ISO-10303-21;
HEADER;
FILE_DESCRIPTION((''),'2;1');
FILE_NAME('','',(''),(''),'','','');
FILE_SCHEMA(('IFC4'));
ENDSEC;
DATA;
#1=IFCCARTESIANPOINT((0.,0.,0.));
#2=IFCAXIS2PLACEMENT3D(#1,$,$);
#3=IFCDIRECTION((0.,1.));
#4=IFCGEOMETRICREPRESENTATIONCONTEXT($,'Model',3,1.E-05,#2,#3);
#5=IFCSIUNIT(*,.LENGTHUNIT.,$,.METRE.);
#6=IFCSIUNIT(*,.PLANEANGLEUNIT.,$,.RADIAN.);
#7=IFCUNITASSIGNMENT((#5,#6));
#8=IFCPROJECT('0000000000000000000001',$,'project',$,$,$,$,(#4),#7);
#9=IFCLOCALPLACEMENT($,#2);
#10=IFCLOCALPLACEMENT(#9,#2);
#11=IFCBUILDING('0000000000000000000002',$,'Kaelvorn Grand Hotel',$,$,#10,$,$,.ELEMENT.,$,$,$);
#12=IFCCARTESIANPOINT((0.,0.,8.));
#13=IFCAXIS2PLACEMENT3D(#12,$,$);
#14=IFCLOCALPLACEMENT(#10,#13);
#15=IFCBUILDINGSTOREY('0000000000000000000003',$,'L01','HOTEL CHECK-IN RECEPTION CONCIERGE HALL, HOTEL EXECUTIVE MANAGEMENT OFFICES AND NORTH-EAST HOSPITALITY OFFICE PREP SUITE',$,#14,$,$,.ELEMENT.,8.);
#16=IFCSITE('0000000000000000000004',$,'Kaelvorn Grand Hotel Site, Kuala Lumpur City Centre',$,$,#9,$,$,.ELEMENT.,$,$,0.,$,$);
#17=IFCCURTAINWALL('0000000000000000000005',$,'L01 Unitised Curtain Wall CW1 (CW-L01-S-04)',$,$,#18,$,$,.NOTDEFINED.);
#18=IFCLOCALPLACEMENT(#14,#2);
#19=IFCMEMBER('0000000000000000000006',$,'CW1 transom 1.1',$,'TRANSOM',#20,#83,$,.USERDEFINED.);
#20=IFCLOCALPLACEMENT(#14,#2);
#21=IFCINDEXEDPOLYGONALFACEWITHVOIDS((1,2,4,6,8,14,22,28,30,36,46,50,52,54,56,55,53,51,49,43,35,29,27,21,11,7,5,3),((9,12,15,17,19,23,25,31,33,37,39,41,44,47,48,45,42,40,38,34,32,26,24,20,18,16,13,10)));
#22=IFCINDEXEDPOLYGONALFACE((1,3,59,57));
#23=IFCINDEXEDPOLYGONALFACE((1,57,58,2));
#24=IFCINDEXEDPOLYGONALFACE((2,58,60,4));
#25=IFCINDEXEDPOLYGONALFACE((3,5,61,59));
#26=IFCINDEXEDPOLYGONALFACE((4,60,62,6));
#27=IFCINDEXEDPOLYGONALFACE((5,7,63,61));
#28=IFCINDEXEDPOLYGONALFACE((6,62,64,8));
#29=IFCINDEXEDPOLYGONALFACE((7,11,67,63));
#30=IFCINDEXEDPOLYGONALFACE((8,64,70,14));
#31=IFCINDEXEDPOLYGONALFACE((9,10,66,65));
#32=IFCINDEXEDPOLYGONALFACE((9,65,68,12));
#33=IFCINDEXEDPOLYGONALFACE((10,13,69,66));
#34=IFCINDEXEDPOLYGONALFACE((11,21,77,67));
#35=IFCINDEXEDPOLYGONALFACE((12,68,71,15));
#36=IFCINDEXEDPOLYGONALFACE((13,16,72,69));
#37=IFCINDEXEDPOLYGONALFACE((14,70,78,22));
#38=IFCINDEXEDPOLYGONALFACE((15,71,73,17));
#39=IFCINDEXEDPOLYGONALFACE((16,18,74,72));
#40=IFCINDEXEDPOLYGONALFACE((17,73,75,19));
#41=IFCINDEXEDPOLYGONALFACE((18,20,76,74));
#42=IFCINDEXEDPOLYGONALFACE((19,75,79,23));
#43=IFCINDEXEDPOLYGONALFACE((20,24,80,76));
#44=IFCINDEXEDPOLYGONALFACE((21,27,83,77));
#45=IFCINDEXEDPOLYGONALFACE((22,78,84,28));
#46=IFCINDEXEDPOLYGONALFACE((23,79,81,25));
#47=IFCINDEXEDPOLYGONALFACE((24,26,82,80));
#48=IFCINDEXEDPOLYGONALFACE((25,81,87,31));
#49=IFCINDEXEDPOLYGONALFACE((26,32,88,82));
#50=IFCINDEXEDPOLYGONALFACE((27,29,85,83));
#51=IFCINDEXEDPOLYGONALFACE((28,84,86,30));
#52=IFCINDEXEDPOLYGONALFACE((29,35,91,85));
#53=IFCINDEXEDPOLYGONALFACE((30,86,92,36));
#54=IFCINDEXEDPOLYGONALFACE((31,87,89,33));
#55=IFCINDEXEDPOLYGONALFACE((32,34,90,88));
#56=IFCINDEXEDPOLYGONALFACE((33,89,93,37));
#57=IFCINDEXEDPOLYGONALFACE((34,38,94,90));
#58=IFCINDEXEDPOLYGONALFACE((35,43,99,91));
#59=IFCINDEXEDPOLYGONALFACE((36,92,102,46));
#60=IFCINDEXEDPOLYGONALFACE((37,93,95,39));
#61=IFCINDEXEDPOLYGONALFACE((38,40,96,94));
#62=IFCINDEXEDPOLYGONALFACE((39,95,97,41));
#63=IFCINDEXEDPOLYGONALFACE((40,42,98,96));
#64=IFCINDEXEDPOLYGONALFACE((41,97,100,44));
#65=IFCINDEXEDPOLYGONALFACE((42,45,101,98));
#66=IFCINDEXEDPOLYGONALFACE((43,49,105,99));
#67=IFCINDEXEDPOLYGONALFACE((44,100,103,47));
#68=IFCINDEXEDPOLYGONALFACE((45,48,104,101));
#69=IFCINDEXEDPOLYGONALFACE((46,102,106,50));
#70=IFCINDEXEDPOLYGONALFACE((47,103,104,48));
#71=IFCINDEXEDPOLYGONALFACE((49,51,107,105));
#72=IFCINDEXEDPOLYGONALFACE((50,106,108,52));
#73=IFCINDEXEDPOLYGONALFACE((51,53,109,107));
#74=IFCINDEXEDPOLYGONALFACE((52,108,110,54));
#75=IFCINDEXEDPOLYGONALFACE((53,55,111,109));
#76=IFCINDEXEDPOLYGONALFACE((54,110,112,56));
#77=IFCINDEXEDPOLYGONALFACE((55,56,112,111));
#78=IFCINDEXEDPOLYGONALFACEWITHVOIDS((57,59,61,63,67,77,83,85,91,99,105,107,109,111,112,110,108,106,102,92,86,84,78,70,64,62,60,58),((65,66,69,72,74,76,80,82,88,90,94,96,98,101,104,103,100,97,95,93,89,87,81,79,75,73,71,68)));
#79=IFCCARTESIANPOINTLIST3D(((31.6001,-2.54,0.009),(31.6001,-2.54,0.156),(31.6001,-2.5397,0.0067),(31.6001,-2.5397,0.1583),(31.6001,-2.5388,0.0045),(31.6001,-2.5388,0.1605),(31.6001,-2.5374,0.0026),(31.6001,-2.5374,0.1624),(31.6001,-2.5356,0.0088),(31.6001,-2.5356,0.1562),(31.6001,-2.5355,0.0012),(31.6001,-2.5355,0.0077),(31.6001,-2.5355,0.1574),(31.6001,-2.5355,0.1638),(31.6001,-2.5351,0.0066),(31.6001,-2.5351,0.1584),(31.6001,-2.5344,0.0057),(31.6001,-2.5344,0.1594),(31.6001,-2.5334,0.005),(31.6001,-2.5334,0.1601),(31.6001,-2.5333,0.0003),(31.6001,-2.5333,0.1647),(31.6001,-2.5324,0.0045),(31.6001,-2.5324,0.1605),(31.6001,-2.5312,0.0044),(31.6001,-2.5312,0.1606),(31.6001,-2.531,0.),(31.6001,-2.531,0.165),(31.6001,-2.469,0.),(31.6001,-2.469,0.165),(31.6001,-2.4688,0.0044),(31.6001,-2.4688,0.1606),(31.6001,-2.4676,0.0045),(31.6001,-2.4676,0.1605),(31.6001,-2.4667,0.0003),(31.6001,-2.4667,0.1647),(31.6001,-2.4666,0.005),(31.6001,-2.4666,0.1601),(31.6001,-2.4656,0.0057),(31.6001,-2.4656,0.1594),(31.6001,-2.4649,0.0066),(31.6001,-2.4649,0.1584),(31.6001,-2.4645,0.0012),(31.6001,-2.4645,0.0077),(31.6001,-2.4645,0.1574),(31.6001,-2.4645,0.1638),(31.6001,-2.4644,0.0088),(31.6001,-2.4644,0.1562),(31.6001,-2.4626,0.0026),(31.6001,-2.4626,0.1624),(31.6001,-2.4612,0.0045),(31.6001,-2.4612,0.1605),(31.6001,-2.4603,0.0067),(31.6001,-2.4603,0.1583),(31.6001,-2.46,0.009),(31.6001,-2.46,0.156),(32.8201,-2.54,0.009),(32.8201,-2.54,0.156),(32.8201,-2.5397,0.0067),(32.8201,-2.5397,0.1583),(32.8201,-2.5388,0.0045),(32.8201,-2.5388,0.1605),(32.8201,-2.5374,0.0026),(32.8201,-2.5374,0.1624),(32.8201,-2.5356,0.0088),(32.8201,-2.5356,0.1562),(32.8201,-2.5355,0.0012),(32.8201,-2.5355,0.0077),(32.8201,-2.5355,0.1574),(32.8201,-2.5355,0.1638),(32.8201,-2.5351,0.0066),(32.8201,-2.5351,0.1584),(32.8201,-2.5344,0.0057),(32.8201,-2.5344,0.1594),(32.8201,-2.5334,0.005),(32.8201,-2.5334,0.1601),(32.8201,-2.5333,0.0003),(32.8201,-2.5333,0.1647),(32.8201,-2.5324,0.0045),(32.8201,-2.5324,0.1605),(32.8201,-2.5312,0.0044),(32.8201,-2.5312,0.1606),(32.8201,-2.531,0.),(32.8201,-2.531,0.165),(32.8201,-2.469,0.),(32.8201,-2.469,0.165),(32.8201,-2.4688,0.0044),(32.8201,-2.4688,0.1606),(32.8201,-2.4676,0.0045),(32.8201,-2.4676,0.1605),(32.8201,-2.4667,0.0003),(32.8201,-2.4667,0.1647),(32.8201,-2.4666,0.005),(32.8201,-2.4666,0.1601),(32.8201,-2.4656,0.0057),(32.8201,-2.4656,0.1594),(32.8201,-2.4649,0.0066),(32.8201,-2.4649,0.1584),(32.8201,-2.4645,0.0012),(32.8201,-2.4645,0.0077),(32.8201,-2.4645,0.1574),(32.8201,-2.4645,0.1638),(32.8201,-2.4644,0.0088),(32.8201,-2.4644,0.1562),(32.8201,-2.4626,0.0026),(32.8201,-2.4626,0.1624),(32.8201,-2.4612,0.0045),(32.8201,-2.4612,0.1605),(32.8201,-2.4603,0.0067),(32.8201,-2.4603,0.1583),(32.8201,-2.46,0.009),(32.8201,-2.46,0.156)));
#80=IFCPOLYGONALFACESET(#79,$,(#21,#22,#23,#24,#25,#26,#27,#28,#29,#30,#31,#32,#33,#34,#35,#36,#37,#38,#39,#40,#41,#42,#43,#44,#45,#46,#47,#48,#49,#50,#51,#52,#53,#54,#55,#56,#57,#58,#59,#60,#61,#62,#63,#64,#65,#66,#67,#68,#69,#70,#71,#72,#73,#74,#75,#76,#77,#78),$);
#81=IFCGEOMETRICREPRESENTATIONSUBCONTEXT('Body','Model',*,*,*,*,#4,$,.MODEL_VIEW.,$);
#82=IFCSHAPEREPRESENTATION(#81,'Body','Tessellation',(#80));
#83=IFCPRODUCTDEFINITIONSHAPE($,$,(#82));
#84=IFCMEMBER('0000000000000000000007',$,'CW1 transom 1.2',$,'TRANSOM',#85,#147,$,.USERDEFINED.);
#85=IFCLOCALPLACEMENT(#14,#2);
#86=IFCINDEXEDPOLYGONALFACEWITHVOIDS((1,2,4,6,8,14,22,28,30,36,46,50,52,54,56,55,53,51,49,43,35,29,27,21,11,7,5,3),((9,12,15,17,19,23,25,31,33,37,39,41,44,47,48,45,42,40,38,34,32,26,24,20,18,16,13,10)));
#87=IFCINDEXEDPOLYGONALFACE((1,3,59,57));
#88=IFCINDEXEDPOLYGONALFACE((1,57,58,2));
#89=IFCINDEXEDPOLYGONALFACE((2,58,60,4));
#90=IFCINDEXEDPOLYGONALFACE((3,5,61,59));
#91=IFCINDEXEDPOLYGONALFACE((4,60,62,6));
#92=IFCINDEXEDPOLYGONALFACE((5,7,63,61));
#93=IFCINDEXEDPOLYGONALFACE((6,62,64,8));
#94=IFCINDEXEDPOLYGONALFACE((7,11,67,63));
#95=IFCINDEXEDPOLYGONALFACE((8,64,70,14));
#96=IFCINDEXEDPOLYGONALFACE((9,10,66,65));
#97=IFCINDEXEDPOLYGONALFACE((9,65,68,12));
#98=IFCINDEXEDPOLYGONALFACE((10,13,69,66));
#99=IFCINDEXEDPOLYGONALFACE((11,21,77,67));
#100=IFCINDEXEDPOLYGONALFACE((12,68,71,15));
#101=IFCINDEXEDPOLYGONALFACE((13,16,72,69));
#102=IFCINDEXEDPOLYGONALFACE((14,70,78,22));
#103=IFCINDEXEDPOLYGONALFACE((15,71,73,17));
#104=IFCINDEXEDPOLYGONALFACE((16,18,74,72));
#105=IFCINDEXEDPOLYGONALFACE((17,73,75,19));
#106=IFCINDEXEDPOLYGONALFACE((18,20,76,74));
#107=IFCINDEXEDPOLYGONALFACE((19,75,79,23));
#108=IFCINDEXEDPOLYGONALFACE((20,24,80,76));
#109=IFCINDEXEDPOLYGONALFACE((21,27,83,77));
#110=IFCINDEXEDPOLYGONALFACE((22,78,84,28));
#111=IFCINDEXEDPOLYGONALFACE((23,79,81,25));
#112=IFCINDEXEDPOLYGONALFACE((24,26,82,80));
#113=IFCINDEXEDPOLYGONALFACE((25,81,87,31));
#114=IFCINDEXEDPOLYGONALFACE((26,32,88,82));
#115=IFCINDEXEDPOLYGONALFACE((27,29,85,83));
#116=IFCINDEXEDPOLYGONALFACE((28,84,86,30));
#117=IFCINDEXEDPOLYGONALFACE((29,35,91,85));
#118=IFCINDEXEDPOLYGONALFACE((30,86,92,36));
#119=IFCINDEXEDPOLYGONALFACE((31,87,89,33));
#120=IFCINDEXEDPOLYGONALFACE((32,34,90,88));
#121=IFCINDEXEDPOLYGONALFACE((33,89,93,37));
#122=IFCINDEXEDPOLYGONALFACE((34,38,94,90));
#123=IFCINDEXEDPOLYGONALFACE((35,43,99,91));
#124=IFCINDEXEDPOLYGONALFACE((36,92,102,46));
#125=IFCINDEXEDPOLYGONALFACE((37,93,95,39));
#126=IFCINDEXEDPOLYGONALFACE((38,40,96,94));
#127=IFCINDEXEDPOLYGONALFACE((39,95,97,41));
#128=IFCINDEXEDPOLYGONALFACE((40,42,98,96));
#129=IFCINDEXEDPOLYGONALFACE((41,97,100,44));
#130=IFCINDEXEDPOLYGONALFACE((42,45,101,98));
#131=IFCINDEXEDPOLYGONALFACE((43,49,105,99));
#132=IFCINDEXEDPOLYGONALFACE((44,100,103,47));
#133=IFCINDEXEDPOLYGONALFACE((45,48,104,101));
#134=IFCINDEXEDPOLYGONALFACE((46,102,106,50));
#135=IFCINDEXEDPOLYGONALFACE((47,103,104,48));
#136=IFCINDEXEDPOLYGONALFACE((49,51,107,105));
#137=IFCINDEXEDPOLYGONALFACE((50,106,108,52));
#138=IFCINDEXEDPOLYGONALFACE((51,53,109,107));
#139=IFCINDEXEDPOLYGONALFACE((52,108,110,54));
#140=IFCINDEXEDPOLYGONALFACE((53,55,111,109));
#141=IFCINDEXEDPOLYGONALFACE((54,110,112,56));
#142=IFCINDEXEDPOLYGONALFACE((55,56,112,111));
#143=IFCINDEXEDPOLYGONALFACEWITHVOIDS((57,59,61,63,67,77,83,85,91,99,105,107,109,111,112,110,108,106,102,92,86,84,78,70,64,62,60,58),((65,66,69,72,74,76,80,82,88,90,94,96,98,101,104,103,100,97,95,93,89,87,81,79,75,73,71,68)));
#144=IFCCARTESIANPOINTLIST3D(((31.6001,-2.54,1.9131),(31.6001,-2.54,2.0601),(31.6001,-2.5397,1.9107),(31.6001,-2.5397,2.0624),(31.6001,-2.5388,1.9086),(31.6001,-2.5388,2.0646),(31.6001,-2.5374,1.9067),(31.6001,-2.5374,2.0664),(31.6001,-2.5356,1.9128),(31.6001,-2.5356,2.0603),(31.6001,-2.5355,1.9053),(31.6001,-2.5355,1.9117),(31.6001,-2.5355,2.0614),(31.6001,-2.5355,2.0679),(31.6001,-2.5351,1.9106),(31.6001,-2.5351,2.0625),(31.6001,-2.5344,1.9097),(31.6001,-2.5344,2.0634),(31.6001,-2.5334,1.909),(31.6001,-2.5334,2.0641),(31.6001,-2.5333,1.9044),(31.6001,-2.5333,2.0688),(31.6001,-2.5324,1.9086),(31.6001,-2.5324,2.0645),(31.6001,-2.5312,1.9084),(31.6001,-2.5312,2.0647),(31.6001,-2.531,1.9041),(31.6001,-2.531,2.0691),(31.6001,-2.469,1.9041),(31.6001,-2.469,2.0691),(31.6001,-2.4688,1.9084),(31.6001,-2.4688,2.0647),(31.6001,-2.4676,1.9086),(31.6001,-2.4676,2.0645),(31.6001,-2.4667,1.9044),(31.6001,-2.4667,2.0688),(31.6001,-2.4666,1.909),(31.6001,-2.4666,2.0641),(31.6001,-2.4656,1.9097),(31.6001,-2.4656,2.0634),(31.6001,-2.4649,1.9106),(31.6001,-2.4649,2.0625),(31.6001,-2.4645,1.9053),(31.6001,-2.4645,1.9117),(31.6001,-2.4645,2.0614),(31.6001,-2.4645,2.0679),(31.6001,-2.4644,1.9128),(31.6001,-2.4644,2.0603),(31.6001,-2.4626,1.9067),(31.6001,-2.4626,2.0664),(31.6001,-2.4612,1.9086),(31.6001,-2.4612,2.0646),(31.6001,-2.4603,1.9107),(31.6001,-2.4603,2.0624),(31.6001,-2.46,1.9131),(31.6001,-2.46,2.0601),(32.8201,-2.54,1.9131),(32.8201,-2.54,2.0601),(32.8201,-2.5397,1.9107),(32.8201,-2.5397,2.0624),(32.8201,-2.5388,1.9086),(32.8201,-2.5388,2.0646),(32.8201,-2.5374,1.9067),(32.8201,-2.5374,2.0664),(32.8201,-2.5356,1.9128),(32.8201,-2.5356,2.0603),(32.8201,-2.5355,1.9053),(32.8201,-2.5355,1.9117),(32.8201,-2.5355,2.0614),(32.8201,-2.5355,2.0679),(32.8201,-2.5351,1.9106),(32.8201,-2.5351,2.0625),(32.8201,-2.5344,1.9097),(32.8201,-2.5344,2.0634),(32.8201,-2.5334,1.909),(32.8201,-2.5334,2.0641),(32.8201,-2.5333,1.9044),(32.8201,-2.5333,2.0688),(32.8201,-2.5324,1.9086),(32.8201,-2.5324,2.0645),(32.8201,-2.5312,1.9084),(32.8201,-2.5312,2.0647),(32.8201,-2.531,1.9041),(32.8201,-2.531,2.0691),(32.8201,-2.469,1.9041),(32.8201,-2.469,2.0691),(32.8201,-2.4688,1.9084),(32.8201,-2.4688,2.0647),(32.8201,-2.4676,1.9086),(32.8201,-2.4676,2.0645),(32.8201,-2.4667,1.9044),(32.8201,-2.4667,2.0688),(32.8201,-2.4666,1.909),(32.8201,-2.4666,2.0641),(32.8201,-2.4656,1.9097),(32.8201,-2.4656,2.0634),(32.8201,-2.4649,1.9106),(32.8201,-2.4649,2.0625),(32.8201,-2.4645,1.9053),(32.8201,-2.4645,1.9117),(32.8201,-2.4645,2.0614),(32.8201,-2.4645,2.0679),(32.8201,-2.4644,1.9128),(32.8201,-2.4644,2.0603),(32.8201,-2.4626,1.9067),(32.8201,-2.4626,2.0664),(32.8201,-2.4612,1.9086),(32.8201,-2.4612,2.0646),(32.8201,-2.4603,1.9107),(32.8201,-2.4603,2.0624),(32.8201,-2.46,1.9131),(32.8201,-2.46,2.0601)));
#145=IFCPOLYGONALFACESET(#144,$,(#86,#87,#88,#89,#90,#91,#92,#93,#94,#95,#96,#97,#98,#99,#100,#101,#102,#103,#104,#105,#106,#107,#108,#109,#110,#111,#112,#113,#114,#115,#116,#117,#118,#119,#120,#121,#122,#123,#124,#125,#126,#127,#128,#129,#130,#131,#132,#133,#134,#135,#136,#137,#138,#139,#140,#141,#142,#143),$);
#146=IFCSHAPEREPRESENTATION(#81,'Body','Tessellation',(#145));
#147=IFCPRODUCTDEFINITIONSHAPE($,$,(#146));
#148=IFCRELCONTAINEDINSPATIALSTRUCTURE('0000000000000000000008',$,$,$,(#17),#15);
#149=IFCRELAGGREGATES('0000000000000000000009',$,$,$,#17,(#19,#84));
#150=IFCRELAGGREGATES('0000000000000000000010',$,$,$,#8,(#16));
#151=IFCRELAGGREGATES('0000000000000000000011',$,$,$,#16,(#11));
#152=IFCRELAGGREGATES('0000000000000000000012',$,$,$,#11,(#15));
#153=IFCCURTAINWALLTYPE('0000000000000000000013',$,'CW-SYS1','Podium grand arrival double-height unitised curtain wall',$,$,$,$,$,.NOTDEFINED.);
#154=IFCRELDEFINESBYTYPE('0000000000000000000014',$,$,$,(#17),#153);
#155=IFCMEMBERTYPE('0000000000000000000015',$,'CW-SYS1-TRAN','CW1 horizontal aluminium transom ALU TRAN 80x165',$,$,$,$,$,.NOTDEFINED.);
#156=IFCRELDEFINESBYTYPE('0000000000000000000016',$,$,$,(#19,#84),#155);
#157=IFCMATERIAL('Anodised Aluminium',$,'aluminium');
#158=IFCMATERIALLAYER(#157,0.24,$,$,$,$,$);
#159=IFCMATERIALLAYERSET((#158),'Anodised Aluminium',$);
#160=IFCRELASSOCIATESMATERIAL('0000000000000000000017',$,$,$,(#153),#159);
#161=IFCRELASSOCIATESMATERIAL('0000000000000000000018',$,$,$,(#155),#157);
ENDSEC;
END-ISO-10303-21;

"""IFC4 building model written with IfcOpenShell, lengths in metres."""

from ifc_helpers import new_model, si_unit, direction, frame, origin, origin_2d, place, context, subcontext, project, spatial, hollow_rectangle, extrude, material, layer, layer_set, material_profile, profile_set, type_object, element, aggregate, save


model = new_model("IFC4")

# Units and contexts
model_context = context("Model", 3, precision=1e-05, world=origin(), true_north=direction((0.0, 1.0)))
body_context = subcontext(model_context, "Body", "Model", "MODEL_VIEW")
ifc_project = project(units=[si_unit("LENGTHUNIT", "METRE"), si_unit("PLANEANGLEUNIT", "RADIAN")], contexts=[model_context])

# Site, building, storey
site_placement = place(None, origin())
site = spatial("IfcSite", under=ifc_project, at=site_placement, Name="Kaelvorn Grand Hotel Site, Kuala Lumpur City Centre", CompositionType="ELEMENT", RefElevation=0.0)
building_placement = place(site_placement, origin())
building = spatial("IfcBuilding", under=site, at=building_placement, Name="Kaelvorn Grand Hotel", CompositionType="ELEMENT")
storey_placement = place(building_placement, frame((0.0, 0.0, 8.0)))
storey = spatial("IfcBuildingStorey", under=building, at=storey_placement, Name="L01", Description="HOTEL CHECK-IN RECEPTION CONCIERGE HALL, HOTEL EXECUTIVE MANAGEMENT OFFICES AND NORTH-EAST HOSPITALITY OFFICE PREP SUITE", CompositionType="ELEMENT", Elevation=8.0)

# Shared definitions
ifc_material_1 = material(Name="Anodised Aluminium", Category="aluminium")
ifc_layer_1 = layer(ifc_material_1, 0.24)
ifc_layer_set_1 = layer_set([ifc_layer_1], Name="Anodised Aluminium")
curtain_wall_type = type_object("IfcCurtainWallType", Name="CW-SYS1", Description="Podium grand arrival double-height unitised curtain wall", PredefinedType="NOTDEFINED", material=ifc_layer_set_1)

# Curtain wall
curtain_wall_1_placement = place(storey_placement, origin())
curtain_wall_1 = element("IfcCurtainWall", 1, at=curtain_wall_1_placement, inside=storey, type_object=curtain_wall_type, Name="L01 Unitised Curtain Wall CW1 (CW-L01-S-04)", PredefinedType="NOTDEFINED")

# Members
ifc_material_profile_1 = material_profile(ifc_material_1, hollow_rectangle(XDim=0.0801, YDim=0.165, WallThickness=0.0044, InnerFilletRadius=0.0044, OuterFilletRadius=0.009, at=origin_2d()), Name="ALU TRAN 80x165")
ifc_profile_set_1 = profile_set([ifc_material_profile_1], Name="Anodised Aluminium")
member_type_1 = type_object("IfcMemberType", Name="CW-SYS1-TRAN", Description="CW1 horizontal aluminium transom ALU TRAN 80x165", PredefinedType="NOTDEFINED", material=ifc_profile_set_1)
member_1_placement = place(storey_placement, frame((31.6001, -2.5, 0.0825), z_axis=(1.0, 0.0, 0.0), x_axis=(0.0, 1.0, 0.0)))
member_1 = element("IfcMember", 2, at=member_1_placement, type_object=member_type_1, Name="CW1 transom 1.1", ObjectType="TRANSOM", PredefinedType="USERDEFINED", context=body_context, shape_type="SweptSolid", body=[
    extrude(hollow_rectangle(XDim=0.0801, YDim=0.165, WallThickness=0.0044, InnerFilletRadius=0.0044, OuterFilletRadius=0.009, at=origin_2d()), origin(), (0.0, 0.0, 1.0), 1.22),
])
member_2_placement = place(storey_placement, frame((31.6001, -2.5, 1.9866), z_axis=(1.0, 0.0, 0.0), x_axis=(0.0, 1.0, 0.0)))
member_2 = element("IfcMember", 3, at=member_2_placement, type_object=member_type_1, Name="CW1 transom 1.2", ObjectType="TRANSOM", PredefinedType="USERDEFINED", context=body_context, shape_type="SweptSolid", body=[
    extrude(hollow_rectangle(XDim=0.0801, YDim=0.165, WallThickness=0.0044, InnerFilletRadius=0.0044, OuterFilletRadius=0.009, at=origin_2d()), origin(), (0.0, 0.0, 1.0), 1.22),
])

aggregate(curtain_wall_1, [member_1, member_2])

save(model, "model.ifc")
